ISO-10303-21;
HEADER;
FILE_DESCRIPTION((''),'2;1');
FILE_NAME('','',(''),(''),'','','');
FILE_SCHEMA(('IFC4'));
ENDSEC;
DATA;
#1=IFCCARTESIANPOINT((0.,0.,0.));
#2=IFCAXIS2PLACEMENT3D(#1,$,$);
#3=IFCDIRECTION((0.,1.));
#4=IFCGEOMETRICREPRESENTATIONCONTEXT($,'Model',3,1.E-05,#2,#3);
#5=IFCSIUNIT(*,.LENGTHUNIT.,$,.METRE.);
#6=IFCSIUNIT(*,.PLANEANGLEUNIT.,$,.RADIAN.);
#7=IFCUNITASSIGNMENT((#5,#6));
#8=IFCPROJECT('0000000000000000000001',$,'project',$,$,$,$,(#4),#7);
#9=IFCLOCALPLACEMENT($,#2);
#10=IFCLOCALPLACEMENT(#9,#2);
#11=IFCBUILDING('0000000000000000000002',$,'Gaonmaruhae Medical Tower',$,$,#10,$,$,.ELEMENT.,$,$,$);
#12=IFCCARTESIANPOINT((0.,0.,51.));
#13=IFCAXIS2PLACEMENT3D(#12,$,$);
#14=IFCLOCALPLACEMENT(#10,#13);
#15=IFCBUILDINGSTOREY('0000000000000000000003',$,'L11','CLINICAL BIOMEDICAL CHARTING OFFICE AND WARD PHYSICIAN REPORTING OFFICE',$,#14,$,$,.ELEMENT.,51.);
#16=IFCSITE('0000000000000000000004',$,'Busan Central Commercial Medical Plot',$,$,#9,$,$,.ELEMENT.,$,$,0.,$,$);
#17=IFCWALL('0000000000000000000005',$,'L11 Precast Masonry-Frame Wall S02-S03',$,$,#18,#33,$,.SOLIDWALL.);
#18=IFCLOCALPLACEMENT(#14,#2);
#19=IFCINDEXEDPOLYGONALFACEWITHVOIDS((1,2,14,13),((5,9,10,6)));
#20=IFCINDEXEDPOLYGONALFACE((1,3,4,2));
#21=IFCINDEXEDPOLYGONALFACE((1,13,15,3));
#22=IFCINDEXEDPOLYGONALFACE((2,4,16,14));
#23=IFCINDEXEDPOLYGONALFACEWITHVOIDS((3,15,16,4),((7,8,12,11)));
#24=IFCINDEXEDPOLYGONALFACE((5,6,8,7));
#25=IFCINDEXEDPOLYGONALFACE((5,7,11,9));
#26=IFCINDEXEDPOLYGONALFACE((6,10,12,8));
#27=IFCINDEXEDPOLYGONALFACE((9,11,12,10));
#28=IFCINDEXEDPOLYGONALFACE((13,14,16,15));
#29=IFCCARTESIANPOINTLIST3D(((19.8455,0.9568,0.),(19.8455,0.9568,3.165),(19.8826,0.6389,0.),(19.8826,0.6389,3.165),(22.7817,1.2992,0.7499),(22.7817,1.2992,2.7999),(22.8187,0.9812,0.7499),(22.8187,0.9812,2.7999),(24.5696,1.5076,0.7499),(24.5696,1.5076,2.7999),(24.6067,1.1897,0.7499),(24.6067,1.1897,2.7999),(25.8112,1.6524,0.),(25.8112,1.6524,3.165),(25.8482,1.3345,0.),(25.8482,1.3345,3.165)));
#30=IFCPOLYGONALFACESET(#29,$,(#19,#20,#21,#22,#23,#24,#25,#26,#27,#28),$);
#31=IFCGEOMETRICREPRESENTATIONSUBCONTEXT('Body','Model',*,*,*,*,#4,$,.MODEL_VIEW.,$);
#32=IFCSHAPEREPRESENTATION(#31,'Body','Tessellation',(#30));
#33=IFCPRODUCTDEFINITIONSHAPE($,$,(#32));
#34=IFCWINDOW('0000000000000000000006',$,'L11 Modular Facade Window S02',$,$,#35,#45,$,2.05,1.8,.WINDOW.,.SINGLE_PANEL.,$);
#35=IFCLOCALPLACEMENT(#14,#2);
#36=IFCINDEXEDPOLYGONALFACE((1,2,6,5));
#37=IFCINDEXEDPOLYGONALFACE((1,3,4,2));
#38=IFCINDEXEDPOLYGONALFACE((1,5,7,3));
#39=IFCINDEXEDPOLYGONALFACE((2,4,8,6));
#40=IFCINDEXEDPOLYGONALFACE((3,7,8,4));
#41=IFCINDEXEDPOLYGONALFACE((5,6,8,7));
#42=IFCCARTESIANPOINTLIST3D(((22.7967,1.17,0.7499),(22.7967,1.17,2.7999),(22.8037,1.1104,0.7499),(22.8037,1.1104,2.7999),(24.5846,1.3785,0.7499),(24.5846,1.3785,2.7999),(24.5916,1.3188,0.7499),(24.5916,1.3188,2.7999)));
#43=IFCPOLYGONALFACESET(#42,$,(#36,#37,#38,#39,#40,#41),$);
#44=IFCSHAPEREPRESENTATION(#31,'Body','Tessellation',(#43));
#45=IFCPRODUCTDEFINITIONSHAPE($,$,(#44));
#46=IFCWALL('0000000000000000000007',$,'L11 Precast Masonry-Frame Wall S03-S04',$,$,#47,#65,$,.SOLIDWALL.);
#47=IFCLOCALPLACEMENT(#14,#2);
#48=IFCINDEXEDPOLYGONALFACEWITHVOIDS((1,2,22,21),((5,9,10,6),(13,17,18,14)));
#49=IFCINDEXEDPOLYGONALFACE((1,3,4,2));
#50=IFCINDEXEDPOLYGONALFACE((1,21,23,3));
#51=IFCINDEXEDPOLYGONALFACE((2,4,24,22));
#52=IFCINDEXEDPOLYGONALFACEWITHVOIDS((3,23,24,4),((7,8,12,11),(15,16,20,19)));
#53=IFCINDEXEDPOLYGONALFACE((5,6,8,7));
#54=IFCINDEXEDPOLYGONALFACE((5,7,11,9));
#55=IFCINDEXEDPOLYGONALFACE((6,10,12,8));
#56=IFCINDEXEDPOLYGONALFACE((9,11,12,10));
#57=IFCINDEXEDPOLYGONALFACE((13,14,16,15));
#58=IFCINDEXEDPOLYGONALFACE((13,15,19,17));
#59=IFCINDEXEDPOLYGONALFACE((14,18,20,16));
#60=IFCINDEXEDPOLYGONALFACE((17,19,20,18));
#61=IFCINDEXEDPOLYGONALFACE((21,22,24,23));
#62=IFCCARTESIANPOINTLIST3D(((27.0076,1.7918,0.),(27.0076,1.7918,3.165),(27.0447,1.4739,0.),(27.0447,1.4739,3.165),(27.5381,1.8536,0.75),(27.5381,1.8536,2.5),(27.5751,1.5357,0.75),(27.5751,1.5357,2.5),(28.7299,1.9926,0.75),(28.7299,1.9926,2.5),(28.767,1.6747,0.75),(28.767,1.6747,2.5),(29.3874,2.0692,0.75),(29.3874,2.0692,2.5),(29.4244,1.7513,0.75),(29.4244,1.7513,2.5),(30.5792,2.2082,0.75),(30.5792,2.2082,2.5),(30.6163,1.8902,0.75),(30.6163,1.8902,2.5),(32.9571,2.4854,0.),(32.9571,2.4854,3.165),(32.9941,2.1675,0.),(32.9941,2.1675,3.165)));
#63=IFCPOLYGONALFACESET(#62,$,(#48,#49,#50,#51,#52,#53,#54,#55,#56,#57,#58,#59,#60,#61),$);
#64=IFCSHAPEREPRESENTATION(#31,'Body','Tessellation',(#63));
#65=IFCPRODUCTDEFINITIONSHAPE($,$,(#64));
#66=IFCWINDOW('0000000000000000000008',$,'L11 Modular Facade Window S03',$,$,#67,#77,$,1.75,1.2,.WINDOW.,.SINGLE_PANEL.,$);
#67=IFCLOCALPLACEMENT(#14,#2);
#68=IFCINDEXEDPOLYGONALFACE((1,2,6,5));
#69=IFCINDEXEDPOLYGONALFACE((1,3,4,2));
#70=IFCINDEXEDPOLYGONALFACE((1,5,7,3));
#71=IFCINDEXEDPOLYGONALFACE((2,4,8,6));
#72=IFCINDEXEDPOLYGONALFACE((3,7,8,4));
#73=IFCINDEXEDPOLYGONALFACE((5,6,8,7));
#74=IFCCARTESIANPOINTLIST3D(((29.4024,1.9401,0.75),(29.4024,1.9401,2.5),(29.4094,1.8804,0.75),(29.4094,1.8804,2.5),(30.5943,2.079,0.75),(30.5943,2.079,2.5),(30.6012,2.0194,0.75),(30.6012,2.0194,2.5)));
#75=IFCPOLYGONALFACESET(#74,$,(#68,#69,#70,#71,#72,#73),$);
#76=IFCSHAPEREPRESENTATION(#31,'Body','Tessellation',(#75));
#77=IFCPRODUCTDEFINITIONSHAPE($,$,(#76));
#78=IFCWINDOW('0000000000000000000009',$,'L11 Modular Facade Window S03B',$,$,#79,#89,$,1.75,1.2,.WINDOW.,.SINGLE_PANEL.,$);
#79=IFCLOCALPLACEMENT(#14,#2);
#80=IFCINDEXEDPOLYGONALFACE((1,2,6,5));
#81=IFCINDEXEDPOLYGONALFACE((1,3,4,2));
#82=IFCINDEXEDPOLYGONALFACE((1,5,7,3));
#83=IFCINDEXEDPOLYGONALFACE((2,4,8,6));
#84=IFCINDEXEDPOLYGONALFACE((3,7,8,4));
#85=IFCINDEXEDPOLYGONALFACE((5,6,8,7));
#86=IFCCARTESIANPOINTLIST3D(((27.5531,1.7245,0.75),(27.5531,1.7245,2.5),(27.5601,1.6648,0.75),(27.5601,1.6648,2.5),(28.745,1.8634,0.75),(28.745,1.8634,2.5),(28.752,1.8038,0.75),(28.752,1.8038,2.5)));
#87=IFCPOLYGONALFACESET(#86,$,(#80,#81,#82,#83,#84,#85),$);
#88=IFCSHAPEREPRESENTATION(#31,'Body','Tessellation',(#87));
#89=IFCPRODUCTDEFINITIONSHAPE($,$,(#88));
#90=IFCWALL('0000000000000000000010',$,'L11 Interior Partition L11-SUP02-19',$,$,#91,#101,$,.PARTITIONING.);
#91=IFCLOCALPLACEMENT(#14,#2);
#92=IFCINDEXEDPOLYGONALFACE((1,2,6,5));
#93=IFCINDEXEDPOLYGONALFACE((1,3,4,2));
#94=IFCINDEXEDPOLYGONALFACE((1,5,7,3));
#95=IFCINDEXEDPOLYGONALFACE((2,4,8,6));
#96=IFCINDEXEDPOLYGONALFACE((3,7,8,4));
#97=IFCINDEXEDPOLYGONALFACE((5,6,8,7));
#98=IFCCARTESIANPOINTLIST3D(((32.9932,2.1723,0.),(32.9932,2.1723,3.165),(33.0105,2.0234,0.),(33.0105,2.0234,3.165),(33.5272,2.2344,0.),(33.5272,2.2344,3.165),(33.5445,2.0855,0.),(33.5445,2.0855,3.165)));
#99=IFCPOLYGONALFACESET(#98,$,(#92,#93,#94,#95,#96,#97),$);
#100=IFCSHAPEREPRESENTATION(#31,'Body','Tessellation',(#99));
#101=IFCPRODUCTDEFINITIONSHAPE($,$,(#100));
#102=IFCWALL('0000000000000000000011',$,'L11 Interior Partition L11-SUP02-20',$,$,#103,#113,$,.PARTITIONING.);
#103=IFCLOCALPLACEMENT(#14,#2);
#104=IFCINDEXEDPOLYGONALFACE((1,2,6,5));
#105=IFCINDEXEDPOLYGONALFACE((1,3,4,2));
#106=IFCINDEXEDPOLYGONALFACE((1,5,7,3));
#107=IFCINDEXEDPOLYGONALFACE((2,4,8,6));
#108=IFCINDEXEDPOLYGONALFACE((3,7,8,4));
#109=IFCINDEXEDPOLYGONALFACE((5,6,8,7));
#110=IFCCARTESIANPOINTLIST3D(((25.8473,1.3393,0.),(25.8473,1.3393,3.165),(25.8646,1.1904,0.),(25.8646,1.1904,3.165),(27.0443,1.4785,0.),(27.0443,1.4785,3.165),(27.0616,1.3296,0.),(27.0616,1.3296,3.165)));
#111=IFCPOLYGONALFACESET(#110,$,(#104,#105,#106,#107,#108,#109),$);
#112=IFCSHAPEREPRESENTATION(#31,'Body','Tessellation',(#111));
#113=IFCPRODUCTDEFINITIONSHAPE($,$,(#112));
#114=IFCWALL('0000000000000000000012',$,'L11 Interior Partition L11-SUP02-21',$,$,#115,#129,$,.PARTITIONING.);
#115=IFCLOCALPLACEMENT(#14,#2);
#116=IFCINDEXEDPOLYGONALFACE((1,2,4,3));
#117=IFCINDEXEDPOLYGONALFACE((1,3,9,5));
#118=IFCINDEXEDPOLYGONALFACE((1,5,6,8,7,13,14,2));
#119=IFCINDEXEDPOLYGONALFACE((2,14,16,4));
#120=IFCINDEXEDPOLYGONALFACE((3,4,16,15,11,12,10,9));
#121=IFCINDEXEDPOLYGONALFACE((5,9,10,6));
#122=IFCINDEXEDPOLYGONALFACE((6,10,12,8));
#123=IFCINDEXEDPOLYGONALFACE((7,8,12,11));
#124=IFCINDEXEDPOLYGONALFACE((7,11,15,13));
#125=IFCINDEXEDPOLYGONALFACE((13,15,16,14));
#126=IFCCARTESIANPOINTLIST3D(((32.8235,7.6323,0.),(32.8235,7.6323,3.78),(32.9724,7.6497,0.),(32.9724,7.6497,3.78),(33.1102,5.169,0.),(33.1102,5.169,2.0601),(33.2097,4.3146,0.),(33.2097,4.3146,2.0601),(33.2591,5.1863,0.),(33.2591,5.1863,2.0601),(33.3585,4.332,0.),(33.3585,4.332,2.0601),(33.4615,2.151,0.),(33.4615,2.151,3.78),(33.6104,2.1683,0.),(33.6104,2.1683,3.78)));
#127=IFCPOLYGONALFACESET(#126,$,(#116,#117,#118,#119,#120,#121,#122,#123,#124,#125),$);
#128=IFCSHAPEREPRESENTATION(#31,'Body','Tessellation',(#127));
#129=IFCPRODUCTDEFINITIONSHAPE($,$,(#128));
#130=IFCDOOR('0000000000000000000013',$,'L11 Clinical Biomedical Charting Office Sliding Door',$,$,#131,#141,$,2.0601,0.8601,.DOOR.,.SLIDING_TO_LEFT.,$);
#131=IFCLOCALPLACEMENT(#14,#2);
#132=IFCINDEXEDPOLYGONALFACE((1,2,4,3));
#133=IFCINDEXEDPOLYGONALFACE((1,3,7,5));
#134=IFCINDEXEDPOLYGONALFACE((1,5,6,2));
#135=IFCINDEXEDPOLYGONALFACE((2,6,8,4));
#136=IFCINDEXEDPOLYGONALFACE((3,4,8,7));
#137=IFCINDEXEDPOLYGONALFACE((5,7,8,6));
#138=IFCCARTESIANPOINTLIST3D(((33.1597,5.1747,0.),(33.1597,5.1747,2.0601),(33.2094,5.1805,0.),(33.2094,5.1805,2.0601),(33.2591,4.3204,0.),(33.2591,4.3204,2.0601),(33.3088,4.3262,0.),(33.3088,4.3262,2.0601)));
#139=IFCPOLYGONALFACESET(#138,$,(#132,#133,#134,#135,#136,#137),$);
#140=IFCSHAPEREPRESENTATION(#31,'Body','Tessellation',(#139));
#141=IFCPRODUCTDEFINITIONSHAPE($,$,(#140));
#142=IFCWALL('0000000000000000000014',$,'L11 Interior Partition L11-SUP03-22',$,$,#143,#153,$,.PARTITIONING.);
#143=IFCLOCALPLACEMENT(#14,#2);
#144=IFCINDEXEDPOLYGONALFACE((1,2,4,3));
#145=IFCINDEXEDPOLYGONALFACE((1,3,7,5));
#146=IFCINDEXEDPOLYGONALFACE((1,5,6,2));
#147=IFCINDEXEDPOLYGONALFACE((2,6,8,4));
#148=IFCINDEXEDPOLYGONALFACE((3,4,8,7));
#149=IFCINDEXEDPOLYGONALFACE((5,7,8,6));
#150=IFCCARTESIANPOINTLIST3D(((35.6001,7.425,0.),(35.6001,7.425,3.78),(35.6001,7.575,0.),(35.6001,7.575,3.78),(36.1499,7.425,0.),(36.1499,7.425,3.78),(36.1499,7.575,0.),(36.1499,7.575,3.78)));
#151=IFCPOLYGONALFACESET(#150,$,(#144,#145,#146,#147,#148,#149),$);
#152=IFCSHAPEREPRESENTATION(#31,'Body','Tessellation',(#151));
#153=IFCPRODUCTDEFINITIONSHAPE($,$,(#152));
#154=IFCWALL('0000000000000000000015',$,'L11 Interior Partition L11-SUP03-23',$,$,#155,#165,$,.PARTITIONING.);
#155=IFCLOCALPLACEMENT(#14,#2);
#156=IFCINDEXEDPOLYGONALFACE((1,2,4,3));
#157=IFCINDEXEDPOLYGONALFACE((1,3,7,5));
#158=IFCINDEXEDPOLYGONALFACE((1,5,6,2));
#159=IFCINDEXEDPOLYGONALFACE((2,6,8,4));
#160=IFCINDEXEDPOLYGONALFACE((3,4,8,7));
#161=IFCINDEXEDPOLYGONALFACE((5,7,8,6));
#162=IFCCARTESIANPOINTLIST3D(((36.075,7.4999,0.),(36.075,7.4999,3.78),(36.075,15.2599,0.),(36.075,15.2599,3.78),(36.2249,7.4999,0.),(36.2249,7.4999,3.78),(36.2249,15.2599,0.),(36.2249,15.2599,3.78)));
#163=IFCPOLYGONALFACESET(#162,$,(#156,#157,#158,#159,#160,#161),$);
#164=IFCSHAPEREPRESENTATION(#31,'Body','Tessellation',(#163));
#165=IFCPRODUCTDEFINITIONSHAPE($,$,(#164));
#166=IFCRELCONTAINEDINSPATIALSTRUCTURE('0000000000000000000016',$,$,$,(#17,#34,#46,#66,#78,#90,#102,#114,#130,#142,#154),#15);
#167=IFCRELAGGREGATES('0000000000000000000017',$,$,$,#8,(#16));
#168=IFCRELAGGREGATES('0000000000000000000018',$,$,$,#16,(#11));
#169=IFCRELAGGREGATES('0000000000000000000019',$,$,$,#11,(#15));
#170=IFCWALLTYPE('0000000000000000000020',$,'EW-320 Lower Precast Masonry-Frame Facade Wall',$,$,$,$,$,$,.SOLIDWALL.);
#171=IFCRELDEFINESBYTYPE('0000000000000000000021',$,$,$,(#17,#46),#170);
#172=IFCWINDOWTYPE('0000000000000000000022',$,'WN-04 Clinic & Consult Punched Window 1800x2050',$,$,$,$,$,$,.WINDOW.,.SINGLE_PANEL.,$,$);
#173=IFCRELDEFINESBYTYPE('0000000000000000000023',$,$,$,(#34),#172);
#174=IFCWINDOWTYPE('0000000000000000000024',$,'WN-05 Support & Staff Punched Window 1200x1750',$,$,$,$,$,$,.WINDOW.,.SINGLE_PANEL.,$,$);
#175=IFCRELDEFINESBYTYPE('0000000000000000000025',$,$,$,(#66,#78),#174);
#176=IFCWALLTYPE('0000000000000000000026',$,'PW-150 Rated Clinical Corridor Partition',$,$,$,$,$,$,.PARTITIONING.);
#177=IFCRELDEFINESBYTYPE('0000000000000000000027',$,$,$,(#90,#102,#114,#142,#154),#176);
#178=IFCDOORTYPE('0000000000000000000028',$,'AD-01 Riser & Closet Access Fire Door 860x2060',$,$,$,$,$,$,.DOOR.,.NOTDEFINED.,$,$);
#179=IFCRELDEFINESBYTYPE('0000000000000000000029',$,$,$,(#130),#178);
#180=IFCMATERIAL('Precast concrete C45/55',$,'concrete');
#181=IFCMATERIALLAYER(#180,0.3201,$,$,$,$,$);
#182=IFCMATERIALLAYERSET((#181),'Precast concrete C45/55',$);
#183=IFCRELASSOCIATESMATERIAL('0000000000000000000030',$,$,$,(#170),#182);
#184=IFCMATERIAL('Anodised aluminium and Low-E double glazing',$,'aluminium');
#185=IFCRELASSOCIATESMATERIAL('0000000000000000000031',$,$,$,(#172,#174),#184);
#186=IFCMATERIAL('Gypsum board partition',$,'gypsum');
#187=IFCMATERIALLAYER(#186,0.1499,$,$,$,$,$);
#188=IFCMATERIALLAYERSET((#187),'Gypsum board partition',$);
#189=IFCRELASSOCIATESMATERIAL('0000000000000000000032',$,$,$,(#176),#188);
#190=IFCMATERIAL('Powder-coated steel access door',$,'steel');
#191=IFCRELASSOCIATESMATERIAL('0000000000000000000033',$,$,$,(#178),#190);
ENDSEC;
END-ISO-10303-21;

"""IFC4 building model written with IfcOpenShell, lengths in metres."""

from ifc_helpers import new_model, si_unit, direction, frame, frame_2d, origin, place, context, subcontext, project, spatial, rectangle, extrude, material, layer, layer_set, type_object, element, fill, save


model = new_model("IFC4")

# Units and contexts
model_context = context("Model", 3, precision=1e-05, world=origin(), true_north=direction((0.0, 1.0)))
body_context = subcontext(model_context, "Body", "Model", "MODEL_VIEW")
ifc_project = project(units=[si_unit("LENGTHUNIT", "METRE"), si_unit("PLANEANGLEUNIT", "RADIAN")], contexts=[model_context])

# Site, building, storey
site_placement = place(None, origin())
site = spatial("IfcSite", under=ifc_project, at=site_placement, Name="Busan Central Commercial Medical Plot", CompositionType="ELEMENT", RefElevation=0.0)
building_placement = place(site_placement, origin())
building = spatial("IfcBuilding", under=site, at=building_placement, Name="Gaonmaruhae Medical Tower", CompositionType="ELEMENT")
storey_placement = place(building_placement, frame((0.0, 0.0, 51.0)))
storey = spatial("IfcBuildingStorey", under=building, at=storey_placement, Name="L11", Description="CLINICAL BIOMEDICAL CHARTING OFFICE AND WARD PHYSICIAN REPORTING OFFICE", CompositionType="ELEMENT", Elevation=51.0)

# Wall, opening, window
ifc_material_1 = material(Name="Precast concrete C45/55", Category="concrete")
ifc_layer_1 = layer(ifc_material_1, 0.3201)
ifc_layer_set_1 = layer_set([ifc_layer_1], Name="Precast concrete C45/55")
wall_type_1 = type_object("IfcWallType", Name="EW-320 Lower Precast Masonry-Frame Facade Wall", PredefinedType="SOLIDWALL", material=ifc_layer_set_1)
wall_1_placement = place(storey_placement, frame((25.8296, 1.4934, 0.0), z_axis=(0.0, 0.0, 1.0), x_axis=(-0.993271, -0.115811, 0.0)))
wall_1 = element("IfcWall", 1, at=wall_1_placement, inside=storey, type_object=wall_type_1, Name="L11 Precast Masonry-Frame Wall S02-S03", PredefinedType="SOLIDWALL", context=body_context, shape_type="SweptSolid", body=[
    extrude(rectangle(XDim=6.0061, YDim=0.3201, at=frame_2d((3.0029, 0.0))), origin(), (0.0, 0.0, 1.0), 3.165),
])
opening_1_placement = place(wall_1_placement, frame((1.25, 0.0, 0.75)))
opening_1 = element("IfcOpeningElement", 2, at=opening_1_placement, cuts=wall_1, PredefinedType="OPENING", context=body_context, shape_type="SweptSolid", body=[
    extrude(rectangle(XDim=1.8, YDim=2.05, at=frame_2d((0.8999, 1.0249))), frame((0.0, 0.1699, 0.0), z_axis=(0.0, -1.0, 0.0), x_axis=(1.0, 0.0, 0.0)), (0.0, 0.0, 1.0), 0.3401),
])
ifc_material_2 = material(Name="Anodised aluminium and Low-E double glazing", Category="aluminium")
window_type_1 = type_object("IfcWindowType", Name="WN-04 Clinic & Consult Punched Window 1800x2050", PartitioningType="SINGLE_PANEL", PredefinedType="WINDOW", material=ifc_material_2)
window_1_placement = place(opening_1_placement, origin())
window_1 = element("IfcWindow", 3, at=window_1_placement, inside=storey, type_object=window_type_1, Name="L11 Modular Facade Window S02", OverallHeight=2.05, OverallWidth=1.8, PartitioningType="SINGLE_PANEL", PredefinedType="WINDOW", context=body_context, shape_type="SweptSolid", body=[
    extrude(rectangle(XDim=1.8, YDim=2.05, at=frame_2d((0.8999, 1.0249))), frame((0.0, 0.03, 0.0), z_axis=(0.0, -1.0, 0.0), x_axis=(1.0, 0.0, 0.0)), (0.0, 0.0, 1.0), 0.0601),
])
fill(opening_1, window_1)

# Wall, openings, windows
wall_2_placement = place(storey_placement, frame((32.9756, 2.3264, 0.0), z_axis=(0.0, 0.0, 1.0), x_axis=(-0.993273, -0.115798, 0.0)))
wall_2 = element("IfcWall", 4, at=wall_2_placement, inside=storey, type_object=wall_type_1, Name="L11 Precast Masonry-Frame Wall S03-S04", PredefinedType="SOLIDWALL", context=body_context, shape_type="SweptSolid", body=[
    extrude(rectangle(XDim=5.9897, YDim=0.3201, at=frame_2d((2.9949, 0.0))), origin(), (0.0, 0.0, 1.0), 3.165),
])
opening_2_placement = place(wall_2_placement, frame((2.3938, 0.0, 0.75)))
opening_2 = element("IfcOpeningElement", 5, at=opening_2_placement, cuts=wall_2, PredefinedType="OPENING", context=body_context, shape_type="SweptSolid", body=[
    extrude(rectangle(XDim=1.2, YDim=1.75, at=frame_2d((0.6001, 0.875))), frame((0.0, 0.1699, 0.0), z_axis=(0.0, -1.0, 0.0), x_axis=(1.0, 0.0, 0.0)), (0.0, 0.0, 1.0), 0.3401),
])
opening_3_placement = place(wall_2_placement, frame((4.2556, 0.0, 0.75)))
opening_3 = element("IfcOpeningElement", 6, at=opening_3_placement, cuts=wall_2, PredefinedType="OPENING", context=body_context, shape_type="SweptSolid", body=[
    extrude(rectangle(XDim=1.2, YDim=1.75, at=frame_2d((0.6001, 0.875))), frame((0.0, 0.1699, 0.0), z_axis=(0.0, -1.0, 0.0), x_axis=(1.0, 0.0, 0.0)), (0.0, 0.0, 1.0), 0.3401),
])
window_type_2 = type_object("IfcWindowType", Name="WN-05 Support & Staff Punched Window 1200x1750", PartitioningType="SINGLE_PANEL", PredefinedType="WINDOW", material=ifc_material_2)
window_2_placement = place(opening_2_placement, origin())
window_2 = element("IfcWindow", 7, at=window_2_placement, inside=storey, type_object=window_type_2, Name="L11 Modular Facade Window S03", OverallHeight=1.75, OverallWidth=1.2, PartitioningType="SINGLE_PANEL", PredefinedType="WINDOW", context=body_context, shape_type="SweptSolid", body=[
    extrude(rectangle(XDim=1.2, YDim=1.75, at=frame_2d((0.6001, 0.875))), frame((0.0, 0.03, 0.0), z_axis=(0.0, -1.0, 0.0), x_axis=(1.0, 0.0, 0.0)), (0.0, 0.0, 1.0), 0.0601),
])
fill(opening_2, window_2)
window_3_placement = place(opening_3_placement, origin())
window_3 = element("IfcWindow", 8, at=window_3_placement, inside=storey, type_object=window_type_2, Name="L11 Modular Facade Window S03B", OverallHeight=1.75, OverallWidth=1.2, PartitioningType="SINGLE_PANEL", PredefinedType="WINDOW", context=body_context, shape_type="SweptSolid", body=[
    extrude(rectangle(XDim=1.2, YDim=1.75, at=frame_2d((0.6001, 0.875))), frame((0.0, 0.03, 0.0), z_axis=(0.0, -1.0, 0.0), x_axis=(1.0, 0.0, 0.0)), (0.0, 0.0, 1.0), 0.0601),
])
fill(opening_3, window_3)

# Walls
ifc_material_3 = material(Name="Gypsum board partition", Category="gypsum")
ifc_layer_2 = layer(ifc_material_3, 0.1499)
ifc_layer_set_2 = layer_set([ifc_layer_2], Name="Gypsum board partition")
wall_type_2 = type_object("IfcWallType", Name="PW-150 Rated Clinical Corridor Partition", PredefinedType="PARTITIONING", material=ifc_layer_set_2)
wall_3_placement = place(storey_placement, frame((33.5359, 2.1599, 0.0), z_axis=(0.0, 0.0, 1.0), x_axis=(-0.993323, -0.115365, 0.0)))
element("IfcWall", 9, at=wall_3_placement, inside=storey, type_object=wall_type_2, Name="L11 Interior Partition L11-SUP02-19", PredefinedType="PARTITIONING", context=body_context, shape_type="SweptSolid", body=[
    extrude(rectangle(XDim=0.5376, YDim=0.1499, at=frame_2d((0.2688, 0.0))), origin(), (0.0, 0.0, 1.0), 3.165),
])
wall_4_placement = place(storey_placement, frame((27.053, 1.4041, 0.0), z_axis=(0.0, 0.0, 1.0), x_axis=(-0.99331, -0.115478, 0.0)))
element("IfcWall", 10, at=wall_4_placement, inside=storey, type_object=wall_type_2, Name="L11 Interior Partition L11-SUP02-20", PredefinedType="PARTITIONING", context=body_context, shape_type="SweptSolid", body=[
    extrude(rectangle(XDim=1.2051, YDim=0.1499, at=frame_2d((0.6025, 0.0))), origin(), (0.0, 0.0, 1.0), 3.165),
])

# Wall, opening, door
wall_5_placement = place(storey_placement, frame((32.8979, 7.6411, 0.0), z_axis=(0.0, 0.0, 1.0), x_axis=(0.115606, -0.993295, 0.0)))
wall_5 = element("IfcWall", 11, at=wall_5_placement, inside=storey, type_object=wall_type_2, Name="L11 Interior Partition L11-SUP02-21", PredefinedType="PARTITIONING", context=body_context, shape_type="SweptSolid", body=[
    extrude(rectangle(XDim=5.5183, YDim=0.1499, at=frame_2d((2.7593, 0.0))), origin(), (0.0, 0.0, 1.0), 3.78),
])
opening_4_placement = place(wall_5_placement, frame((2.48, 0.0, 0.0)))
opening_4 = element("IfcOpeningElement", 12, at=opening_4_placement, cuts=wall_5, PredefinedType="OPENING", context=body_context, shape_type="SweptSolid", body=[
    extrude(rectangle(XDim=0.8601, YDim=2.0601, at=frame_2d((0.4302, 1.03))), frame((0.0, 0.085, 0.0), z_axis=(0.0, -1.0, 0.0), x_axis=(1.0, 0.0, 0.0)), (0.0, 0.0, 1.0), 0.1699),
])
ifc_material_4 = material(Name="Powder-coated steel access door", Category="steel")
door_type = type_object("IfcDoorType", Name="AD-01 Riser & Closet Access Fire Door 860x2060", OperationType="NOTDEFINED", PredefinedType="DOOR", material=ifc_material_4)
door_placement = place(opening_4_placement, origin())
door = element("IfcDoor", 13, at=door_placement, inside=storey, type_object=door_type, Name="L11 Clinical Biomedical Charting Office Sliding Door", OperationType="SLIDING_TO_LEFT", OverallHeight=2.0601, OverallWidth=0.8601, PredefinedType="DOOR", context=body_context, shape_type="SweptSolid", body=[
    extrude(rectangle(XDim=0.8601, YDim=2.0601, at=frame_2d((0.4302, 1.03))), frame((0.0, 0.0249, 0.0), z_axis=(0.0, -1.0, 0.0), x_axis=(1.0, 0.0, 0.0)), (0.0, 0.0, 1.0), 0.05),
])
fill(opening_4, door)

# Walls
wall_6_placement = place(storey_placement, frame((35.6001, 7.5, 0.0), z_axis=(0.0, 0.0, 1.0), x_axis=(1.0, 0.0, 0.0)))
element("IfcWall", 14, at=wall_6_placement, inside=storey, type_object=wall_type_2, Name="L11 Interior Partition L11-SUP03-22", PredefinedType="PARTITIONING", context=body_context, shape_type="SweptSolid", body=[
    extrude(rectangle(XDim=0.5498, YDim=0.1499, at=frame_2d((0.2749, 0.0))), origin(), (0.0, 0.0, 1.0), 3.78),
])
wall_7_placement = place(storey_placement, frame((36.1499, 7.5, 0.0), z_axis=(0.0, 0.0, 1.0), x_axis=(0.0, 1.0, 0.0)))
element("IfcWall", 15, at=wall_7_placement, inside=storey, type_object=wall_type_2, Name="L11 Interior Partition L11-SUP03-23", PredefinedType="PARTITIONING", context=body_context, shape_type="SweptSolid", body=[
    extrude(rectangle(XDim=7.76, YDim=0.1499, at=frame_2d((3.8799, 0.0))), origin(), (0.0, 0.0, 1.0), 3.78),
])

save(model, "model.ifc")
